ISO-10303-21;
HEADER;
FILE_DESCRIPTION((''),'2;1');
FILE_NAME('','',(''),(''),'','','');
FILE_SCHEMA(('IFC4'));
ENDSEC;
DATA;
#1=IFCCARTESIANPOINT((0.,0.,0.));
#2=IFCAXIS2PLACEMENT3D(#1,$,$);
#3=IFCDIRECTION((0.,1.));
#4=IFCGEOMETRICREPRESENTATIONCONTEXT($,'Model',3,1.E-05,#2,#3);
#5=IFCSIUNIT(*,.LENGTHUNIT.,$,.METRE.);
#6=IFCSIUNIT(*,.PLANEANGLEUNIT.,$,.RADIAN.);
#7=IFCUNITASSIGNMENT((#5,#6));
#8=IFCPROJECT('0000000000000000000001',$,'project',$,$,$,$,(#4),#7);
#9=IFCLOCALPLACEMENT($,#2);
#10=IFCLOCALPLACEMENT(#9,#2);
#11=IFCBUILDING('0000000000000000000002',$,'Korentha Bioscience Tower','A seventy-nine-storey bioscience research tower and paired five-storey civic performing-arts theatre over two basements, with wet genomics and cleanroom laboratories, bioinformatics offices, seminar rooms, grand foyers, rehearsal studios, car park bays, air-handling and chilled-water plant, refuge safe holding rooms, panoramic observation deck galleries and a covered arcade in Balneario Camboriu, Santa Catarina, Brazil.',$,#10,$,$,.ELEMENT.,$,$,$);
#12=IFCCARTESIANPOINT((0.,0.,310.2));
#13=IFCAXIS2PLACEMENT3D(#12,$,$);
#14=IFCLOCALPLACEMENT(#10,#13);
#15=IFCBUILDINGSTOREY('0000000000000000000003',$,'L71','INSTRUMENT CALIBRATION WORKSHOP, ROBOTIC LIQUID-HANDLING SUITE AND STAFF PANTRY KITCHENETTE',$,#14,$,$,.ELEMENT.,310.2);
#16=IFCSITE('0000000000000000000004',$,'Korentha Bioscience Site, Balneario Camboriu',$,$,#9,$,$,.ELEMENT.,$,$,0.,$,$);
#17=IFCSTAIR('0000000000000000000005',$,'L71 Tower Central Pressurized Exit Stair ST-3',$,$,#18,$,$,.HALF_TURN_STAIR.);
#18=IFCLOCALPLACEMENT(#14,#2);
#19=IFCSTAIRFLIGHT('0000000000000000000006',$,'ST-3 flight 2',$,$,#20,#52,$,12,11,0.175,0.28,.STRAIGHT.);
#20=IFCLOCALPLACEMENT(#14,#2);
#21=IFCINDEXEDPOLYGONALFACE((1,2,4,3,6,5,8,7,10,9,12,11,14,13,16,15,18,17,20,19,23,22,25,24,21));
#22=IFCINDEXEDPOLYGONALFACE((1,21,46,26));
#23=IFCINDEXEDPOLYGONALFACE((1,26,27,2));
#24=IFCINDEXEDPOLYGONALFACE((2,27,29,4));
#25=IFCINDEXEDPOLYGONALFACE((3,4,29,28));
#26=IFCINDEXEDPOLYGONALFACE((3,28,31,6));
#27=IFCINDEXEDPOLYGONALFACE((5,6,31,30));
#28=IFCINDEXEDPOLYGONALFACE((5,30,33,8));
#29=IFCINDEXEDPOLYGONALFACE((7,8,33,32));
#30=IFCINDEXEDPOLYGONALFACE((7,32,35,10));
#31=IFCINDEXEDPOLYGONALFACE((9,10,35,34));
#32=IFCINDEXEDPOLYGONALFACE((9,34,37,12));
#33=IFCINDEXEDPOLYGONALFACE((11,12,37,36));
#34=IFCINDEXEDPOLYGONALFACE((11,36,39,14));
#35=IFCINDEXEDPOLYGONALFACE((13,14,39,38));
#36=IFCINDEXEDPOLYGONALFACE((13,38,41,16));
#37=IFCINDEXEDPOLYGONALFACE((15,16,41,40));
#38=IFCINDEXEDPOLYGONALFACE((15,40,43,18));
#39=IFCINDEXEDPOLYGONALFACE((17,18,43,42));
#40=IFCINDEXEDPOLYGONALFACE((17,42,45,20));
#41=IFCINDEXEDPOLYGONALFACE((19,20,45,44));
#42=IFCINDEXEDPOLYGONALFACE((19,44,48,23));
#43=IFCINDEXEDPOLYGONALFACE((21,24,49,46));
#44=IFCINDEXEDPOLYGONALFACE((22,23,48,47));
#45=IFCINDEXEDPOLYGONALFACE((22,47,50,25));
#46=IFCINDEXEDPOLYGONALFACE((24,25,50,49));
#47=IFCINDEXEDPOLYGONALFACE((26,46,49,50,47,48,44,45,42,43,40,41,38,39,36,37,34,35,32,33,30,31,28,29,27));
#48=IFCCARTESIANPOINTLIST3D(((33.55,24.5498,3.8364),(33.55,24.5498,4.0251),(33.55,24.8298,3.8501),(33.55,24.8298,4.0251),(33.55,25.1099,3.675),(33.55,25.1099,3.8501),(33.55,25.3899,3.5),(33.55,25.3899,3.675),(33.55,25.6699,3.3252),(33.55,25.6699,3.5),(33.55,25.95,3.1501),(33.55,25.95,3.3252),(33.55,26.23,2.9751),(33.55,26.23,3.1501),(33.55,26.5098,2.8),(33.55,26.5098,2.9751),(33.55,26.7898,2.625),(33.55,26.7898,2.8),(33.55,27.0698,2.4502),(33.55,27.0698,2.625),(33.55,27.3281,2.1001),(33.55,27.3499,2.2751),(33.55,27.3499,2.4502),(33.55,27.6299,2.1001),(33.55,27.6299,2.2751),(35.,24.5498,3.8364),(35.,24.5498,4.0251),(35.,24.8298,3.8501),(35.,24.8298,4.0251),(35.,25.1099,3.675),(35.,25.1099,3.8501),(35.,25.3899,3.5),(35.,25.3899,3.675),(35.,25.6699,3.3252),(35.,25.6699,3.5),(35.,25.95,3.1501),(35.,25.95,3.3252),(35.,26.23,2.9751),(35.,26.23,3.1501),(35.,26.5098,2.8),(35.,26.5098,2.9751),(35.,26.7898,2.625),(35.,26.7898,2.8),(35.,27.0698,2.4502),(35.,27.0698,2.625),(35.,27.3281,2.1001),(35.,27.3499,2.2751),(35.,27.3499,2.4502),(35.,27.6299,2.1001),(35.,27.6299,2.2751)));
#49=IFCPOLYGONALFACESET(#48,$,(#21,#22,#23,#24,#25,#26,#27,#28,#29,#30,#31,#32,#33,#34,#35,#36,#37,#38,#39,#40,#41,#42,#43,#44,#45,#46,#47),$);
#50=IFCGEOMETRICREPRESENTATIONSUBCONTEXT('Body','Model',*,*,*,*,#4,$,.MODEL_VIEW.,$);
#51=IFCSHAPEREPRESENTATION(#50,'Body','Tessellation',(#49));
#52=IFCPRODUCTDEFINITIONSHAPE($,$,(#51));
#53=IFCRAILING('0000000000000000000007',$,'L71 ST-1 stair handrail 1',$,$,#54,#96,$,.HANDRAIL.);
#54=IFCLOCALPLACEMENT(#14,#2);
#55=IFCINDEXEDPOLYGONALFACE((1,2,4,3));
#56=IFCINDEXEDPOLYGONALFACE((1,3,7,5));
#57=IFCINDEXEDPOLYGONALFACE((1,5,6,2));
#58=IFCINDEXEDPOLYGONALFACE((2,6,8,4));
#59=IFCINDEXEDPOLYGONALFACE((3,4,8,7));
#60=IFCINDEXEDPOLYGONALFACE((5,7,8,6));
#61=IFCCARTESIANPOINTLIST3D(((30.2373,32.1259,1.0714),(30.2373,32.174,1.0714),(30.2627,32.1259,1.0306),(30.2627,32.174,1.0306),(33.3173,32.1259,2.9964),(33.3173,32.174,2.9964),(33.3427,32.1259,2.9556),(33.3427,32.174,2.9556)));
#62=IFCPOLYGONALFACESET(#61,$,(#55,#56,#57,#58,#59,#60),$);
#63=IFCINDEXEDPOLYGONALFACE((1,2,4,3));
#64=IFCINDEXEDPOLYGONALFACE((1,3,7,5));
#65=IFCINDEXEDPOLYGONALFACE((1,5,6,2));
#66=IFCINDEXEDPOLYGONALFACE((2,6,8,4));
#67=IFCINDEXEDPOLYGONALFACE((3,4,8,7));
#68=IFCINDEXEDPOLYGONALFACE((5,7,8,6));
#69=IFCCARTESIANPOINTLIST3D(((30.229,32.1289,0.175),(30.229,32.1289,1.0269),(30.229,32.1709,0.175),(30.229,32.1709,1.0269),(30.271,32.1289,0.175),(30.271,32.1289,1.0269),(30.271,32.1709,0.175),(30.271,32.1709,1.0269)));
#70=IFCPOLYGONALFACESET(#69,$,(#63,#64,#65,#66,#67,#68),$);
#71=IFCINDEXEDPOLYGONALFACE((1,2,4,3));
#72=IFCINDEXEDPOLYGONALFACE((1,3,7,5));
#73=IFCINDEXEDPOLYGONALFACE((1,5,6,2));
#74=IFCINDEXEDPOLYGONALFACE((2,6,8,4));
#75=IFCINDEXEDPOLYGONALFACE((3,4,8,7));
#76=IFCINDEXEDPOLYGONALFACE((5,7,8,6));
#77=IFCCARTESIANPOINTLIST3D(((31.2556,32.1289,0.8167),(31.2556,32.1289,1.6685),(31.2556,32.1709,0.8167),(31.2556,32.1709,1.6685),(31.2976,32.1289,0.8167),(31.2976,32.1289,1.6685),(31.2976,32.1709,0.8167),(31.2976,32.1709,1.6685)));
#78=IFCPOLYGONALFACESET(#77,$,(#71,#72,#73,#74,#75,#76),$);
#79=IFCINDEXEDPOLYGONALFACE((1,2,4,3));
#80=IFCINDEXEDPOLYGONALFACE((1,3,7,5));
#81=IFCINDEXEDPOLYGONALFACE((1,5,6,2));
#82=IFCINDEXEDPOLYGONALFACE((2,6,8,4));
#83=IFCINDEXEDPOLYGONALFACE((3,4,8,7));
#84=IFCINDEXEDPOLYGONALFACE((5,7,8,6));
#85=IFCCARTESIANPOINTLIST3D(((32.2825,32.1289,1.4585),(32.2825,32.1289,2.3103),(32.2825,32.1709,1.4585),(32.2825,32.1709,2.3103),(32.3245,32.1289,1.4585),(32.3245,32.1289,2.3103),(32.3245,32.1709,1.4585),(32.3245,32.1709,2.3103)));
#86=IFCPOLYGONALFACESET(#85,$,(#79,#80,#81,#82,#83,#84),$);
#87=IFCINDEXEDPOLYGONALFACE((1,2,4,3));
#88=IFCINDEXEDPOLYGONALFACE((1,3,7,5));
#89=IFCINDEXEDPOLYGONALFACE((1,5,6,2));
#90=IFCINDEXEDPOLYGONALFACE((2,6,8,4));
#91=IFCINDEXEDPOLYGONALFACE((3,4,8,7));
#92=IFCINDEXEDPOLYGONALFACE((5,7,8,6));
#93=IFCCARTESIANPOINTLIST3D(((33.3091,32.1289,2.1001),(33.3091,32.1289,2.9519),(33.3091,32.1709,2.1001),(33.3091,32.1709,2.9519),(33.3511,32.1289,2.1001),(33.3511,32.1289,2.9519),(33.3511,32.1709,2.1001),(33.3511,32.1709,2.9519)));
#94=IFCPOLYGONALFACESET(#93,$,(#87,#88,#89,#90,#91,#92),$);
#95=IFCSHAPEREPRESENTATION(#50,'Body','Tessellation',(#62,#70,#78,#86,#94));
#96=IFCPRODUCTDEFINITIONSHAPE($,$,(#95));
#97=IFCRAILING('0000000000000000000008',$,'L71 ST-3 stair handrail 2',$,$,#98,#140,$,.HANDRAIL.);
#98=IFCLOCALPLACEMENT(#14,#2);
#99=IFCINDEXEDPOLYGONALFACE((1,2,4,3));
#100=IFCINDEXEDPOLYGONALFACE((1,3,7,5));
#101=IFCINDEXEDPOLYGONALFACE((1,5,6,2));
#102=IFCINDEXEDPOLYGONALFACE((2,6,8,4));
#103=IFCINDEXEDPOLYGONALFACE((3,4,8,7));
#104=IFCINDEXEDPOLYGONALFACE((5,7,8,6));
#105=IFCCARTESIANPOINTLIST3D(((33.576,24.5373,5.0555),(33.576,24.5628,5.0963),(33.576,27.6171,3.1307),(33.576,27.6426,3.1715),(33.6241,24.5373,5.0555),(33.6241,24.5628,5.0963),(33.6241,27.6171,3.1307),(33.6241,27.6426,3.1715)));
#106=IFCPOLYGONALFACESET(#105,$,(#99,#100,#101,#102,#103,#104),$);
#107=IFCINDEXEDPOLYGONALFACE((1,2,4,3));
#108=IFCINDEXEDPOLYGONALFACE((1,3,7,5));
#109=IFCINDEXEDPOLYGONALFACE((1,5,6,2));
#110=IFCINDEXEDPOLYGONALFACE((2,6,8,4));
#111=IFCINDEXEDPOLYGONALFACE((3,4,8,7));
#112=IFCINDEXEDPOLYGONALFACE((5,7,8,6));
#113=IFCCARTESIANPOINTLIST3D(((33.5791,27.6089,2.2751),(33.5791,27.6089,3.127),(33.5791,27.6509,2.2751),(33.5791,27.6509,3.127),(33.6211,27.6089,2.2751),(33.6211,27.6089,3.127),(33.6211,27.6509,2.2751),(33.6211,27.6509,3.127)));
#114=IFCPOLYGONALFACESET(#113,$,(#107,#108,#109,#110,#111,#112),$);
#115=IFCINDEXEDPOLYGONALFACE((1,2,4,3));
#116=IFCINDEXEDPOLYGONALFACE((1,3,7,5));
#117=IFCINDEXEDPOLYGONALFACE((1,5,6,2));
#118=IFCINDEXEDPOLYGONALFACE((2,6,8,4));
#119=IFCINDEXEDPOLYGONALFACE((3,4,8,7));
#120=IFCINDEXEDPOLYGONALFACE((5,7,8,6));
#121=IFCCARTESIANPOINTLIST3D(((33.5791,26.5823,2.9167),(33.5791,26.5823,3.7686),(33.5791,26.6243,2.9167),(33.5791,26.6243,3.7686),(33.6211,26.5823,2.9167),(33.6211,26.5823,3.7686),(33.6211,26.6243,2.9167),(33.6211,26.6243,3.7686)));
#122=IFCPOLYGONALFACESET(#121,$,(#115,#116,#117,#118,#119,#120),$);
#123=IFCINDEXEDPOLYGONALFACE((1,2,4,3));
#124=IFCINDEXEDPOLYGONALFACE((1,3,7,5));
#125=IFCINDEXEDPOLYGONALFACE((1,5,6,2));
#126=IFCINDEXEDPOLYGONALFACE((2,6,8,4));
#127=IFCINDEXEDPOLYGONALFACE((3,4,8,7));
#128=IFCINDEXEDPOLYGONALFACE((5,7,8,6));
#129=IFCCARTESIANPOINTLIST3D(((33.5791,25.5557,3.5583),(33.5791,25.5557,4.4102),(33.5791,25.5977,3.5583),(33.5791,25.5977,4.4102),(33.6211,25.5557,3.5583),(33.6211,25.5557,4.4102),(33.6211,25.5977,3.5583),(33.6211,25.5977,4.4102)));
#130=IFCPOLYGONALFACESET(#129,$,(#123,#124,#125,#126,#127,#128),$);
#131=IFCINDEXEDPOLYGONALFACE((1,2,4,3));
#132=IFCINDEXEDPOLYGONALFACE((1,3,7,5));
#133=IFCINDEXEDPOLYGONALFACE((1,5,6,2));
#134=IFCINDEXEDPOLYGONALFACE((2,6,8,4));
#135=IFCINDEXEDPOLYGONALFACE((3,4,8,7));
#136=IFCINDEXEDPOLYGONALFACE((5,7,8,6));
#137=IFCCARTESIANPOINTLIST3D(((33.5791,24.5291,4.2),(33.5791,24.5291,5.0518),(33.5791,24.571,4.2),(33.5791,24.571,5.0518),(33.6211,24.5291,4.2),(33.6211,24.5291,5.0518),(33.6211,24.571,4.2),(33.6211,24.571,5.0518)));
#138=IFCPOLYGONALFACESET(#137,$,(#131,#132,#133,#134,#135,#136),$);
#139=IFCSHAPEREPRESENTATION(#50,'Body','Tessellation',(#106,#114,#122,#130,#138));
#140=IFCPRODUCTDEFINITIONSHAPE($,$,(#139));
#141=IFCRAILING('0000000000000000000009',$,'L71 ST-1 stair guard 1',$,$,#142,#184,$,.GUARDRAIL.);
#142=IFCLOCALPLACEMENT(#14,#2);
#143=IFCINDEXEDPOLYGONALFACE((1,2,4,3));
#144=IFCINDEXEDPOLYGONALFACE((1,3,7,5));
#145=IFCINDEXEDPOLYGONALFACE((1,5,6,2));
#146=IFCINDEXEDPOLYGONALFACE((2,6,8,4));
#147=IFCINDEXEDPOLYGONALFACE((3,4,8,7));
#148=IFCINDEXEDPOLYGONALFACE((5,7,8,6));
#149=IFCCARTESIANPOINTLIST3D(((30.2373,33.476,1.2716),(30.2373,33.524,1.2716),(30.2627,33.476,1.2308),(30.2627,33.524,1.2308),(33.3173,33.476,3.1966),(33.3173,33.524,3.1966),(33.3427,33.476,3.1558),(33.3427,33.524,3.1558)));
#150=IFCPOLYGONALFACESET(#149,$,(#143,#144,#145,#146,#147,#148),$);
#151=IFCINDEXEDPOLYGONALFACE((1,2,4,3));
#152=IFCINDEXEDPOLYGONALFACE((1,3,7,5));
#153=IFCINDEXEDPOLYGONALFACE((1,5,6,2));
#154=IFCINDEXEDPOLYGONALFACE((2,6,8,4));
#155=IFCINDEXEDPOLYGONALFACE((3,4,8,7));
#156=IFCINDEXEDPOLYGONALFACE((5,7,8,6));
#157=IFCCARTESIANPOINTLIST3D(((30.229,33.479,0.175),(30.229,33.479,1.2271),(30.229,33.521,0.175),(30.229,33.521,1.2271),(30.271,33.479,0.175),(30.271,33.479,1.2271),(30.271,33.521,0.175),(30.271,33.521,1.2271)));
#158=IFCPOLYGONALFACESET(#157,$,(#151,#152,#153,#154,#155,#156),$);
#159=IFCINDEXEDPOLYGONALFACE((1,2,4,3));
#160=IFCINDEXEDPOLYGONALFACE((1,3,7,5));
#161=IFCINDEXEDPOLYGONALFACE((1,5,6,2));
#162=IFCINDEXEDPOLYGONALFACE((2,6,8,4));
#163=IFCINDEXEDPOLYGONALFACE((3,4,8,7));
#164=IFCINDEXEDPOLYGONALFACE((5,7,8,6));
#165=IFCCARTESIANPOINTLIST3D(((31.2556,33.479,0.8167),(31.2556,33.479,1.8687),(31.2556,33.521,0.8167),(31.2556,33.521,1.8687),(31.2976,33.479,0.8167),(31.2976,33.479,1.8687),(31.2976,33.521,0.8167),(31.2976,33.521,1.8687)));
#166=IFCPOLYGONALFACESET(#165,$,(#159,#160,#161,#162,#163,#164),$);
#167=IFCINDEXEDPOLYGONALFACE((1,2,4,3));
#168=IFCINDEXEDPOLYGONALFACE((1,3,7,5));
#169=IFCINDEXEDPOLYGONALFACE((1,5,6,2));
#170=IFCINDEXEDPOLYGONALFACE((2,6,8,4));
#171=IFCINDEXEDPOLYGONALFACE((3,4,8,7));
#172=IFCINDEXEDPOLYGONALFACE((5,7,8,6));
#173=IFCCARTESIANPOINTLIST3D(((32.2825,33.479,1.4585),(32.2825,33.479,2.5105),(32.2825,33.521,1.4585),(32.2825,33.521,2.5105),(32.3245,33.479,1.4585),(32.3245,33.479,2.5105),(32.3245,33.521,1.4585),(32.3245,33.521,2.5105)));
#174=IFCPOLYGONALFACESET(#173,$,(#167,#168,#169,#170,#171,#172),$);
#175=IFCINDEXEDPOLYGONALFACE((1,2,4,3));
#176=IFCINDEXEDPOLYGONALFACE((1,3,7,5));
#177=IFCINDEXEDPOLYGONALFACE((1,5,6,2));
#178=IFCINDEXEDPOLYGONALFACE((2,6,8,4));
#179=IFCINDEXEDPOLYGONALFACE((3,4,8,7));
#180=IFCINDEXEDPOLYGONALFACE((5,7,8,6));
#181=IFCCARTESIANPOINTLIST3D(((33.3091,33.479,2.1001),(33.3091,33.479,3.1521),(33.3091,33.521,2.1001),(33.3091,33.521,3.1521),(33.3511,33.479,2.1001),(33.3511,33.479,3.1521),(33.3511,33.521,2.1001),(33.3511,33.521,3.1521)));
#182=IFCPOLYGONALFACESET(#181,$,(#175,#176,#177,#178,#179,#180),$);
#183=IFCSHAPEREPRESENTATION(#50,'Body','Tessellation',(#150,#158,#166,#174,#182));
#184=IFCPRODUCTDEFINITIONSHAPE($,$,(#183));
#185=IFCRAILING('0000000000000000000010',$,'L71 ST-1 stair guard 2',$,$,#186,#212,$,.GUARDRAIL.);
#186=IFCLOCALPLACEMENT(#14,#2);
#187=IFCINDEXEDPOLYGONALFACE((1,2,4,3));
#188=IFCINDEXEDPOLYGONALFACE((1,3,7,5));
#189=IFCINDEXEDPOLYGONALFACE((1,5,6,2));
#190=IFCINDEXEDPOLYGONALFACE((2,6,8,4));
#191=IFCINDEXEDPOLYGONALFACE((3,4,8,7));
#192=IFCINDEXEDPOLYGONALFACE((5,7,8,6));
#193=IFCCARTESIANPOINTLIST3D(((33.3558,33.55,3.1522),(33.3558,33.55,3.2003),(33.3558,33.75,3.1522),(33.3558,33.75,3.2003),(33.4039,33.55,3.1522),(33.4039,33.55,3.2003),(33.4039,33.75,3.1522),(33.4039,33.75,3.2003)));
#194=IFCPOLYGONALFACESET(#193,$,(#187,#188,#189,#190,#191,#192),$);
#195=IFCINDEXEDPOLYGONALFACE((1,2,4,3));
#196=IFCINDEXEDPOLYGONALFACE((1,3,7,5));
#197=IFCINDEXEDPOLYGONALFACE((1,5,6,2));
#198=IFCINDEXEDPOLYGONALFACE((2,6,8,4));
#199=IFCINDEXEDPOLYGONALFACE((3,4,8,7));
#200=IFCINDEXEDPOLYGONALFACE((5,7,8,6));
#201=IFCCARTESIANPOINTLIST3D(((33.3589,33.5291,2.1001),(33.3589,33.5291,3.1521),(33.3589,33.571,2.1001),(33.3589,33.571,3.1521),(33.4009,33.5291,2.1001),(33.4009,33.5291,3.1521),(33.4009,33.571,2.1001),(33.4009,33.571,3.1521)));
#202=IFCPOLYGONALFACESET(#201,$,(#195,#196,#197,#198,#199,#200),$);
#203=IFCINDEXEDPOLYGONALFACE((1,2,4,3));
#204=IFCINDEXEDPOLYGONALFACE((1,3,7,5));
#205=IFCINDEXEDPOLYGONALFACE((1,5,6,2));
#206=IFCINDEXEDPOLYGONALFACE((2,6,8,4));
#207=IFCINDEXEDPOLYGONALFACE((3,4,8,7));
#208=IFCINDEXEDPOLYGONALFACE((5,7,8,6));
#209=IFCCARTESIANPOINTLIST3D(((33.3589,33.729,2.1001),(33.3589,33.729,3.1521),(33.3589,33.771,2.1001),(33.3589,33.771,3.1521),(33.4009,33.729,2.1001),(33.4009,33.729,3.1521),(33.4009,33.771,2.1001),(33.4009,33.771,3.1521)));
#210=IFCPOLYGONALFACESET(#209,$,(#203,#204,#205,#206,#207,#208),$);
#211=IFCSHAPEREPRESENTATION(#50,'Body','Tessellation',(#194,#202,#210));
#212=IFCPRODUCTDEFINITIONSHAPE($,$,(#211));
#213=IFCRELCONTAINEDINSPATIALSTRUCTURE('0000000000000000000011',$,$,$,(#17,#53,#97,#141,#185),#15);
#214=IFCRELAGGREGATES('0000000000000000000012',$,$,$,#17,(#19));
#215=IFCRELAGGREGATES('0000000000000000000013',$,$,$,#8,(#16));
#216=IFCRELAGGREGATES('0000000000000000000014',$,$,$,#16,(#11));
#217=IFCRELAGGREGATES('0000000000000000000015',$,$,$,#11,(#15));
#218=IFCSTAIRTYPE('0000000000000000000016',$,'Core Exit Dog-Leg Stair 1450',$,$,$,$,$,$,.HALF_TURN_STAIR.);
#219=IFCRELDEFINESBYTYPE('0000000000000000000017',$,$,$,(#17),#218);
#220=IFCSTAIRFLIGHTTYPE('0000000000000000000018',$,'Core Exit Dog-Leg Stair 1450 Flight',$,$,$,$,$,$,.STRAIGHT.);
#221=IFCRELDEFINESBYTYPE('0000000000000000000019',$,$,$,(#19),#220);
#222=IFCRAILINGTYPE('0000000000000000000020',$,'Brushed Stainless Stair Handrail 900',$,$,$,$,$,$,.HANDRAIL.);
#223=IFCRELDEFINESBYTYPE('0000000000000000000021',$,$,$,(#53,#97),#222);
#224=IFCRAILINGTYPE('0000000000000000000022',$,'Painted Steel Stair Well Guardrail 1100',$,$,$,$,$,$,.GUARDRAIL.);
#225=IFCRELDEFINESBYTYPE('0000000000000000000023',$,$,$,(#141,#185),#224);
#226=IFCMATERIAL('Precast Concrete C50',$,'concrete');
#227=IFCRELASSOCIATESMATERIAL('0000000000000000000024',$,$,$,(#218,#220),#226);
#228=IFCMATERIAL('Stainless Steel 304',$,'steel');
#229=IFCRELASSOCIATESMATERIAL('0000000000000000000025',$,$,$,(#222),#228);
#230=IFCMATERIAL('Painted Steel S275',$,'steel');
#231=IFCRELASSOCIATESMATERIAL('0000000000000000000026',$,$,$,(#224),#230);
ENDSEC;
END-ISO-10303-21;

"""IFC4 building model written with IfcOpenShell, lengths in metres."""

from ifc_helpers import new_model, si_unit, direction, frame, origin, origin_2d, place, context, subcontext, project, spatial, polyline, rectangle, outline, extrude, material, type_object, element, aggregate, save


model = new_model("IFC4")

# Units and contexts
model_context = context("Model", 3, precision=1e-05, world=origin(), true_north=direction((0.0, 1.0)))
body_context = subcontext(model_context, "Body", "Model", "MODEL_VIEW")
ifc_project = project(units=[si_unit("LENGTHUNIT", "METRE"), si_unit("PLANEANGLEUNIT", "RADIAN")], contexts=[model_context])

# Site, building, storey
site_placement = place(None, origin())
site = spatial("IfcSite", under=ifc_project, at=site_placement, Name="Korentha Bioscience Site, Balneario Camboriu", CompositionType="ELEMENT", RefElevation=0.0)
building_placement = place(site_placement, origin())
building = spatial("IfcBuilding", under=site, at=building_placement, Name="Korentha Bioscience Tower", Description="A seventy-nine-storey bioscience research tower and paired five-storey civic performing-arts theatre over two basements, with wet genomics and cleanroom laboratories, bioinformatics offices, seminar rooms, grand foyers, rehearsal studios, car park bays, air-handling and chilled-water plant, refuge safe holding rooms, panoramic observation deck galleries and a covered arcade in Balneario Camboriu, Santa Catarina, Brazil.", CompositionType="ELEMENT")
storey_placement = place(building_placement, frame((0.0, 0.0, 310.2)))
storey = spatial("IfcBuildingStorey", under=building, at=storey_placement, Name="L71", Description="INSTRUMENT CALIBRATION WORKSHOP, ROBOTIC LIQUID-HANDLING SUITE AND STAFF PANTRY KITCHENETTE", CompositionType="ELEMENT", Elevation=310.2)

# Stair, stair flight
ifc_material_1 = material(Name="Precast Concrete C50", Category="concrete")
stair_type = type_object("IfcStairType", Name="Core Exit Dog-Leg Stair 1450", PredefinedType="HALF_TURN_STAIR", material=ifc_material_1)
stair_flight_type = type_object("IfcStairFlightType", Name="Core Exit Dog-Leg Stair 1450 Flight", PredefinedType="STRAIGHT", material=ifc_material_1)
stair_1_placement = place(storey_placement, origin())
stair_1 = element("IfcStair", 1, at=stair_1_placement, inside=storey, type_object=stair_type, Name="L71 Tower Central Pressurized Exit Stair ST-3", PredefinedType="HALF_TURN_STAIR")
stair_flight_1_placement = place(storey_placement, frame((34.2749, 27.6299, 2.1001), z_axis=(0.0, 0.0, 1.0), x_axis=(0.0, -1.0, 0.0)))
stair_flight_1 = element("IfcStairFlight", 2, at=stair_flight_1_placement, type_object=stair_flight_type, Name="ST-3 flight 2", NumberOfRisers=12, NumberOfTreads=11, PredefinedType="STRAIGHT", RiserHeight=0.175, TreadLength=0.28, context=body_context, shape_type="SweptSolid", body=[
    extrude(outline(polyline([(0.0, 0.0), (0.0, 0.175), (0.28, 0.175), (0.28, 0.3501), (0.5601, 0.3501), (0.5601, 0.5249), (0.8401, 0.5249), (0.8401, 0.7), (1.1201, 0.7), (1.1201, 0.875), (1.3999, 0.875), (1.3999, 1.05), (1.6799, 1.05), (1.6799, 1.2251), (1.96, 1.2251), (1.96, 1.3999), (2.24, 1.3999), (2.24, 1.575), (2.52, 1.575), (2.52, 1.75), (2.8, 1.75), (2.8, 1.925), (3.0801, 1.925), (3.0801, 2.1001), (3.0801, 1.7363), (0.3018, 0.0), (0.0, 0.0)])), frame((0.0, 0.7251, 0.0), z_axis=(0.0, -1.0, 0.0), x_axis=(1.0, 0.0, 0.0)), (0.0, 0.0, 1.0), 1.45),
])
aggregate(stair_1, [stair_flight_1])

# Railings
ifc_material_2 = material(Name="Stainless Steel 304", Category="steel")
railing_type_1 = type_object("IfcRailingType", Name="Brushed Stainless Stair Handrail 900", PredefinedType="HANDRAIL", material=ifc_material_2)
railing_1_placement = place(storey_placement, frame((30.25, 32.1499, 0.175)))
element("IfcRailing", 3, at=railing_1_placement, inside=storey, type_object=railing_type_1, Name="L71 ST-1 stair handrail 1", PredefinedType="HANDRAIL", context=body_context, shape_type="SweptSolid", body=[
    extrude(rectangle(XDim=0.0481, YDim=0.0481, at=origin_2d()), frame((0.0, 0.0, 0.876), z_axis=(0.847998, 0.0, 0.529999), x_axis=(0.0, 1.0, 0.0)), (0.0, 0.0, 1.0), 3.6321),
    extrude(rectangle(XDim=0.042, YDim=0.042, at=origin_2d()), origin(), (0.0, 0.0, 1.0), 0.8518),
    extrude(rectangle(XDim=0.042, YDim=0.042, at=origin_2d()), frame((1.0266, 0.0, 0.6416)), (0.0, 0.0, 1.0), 0.8518),
    extrude(rectangle(XDim=0.042, YDim=0.042, at=origin_2d()), frame((2.0535, 0.0, 1.2834)), (0.0, 0.0, 1.0), 0.8518),
    extrude(rectangle(XDim=0.042, YDim=0.042, at=origin_2d()), frame((3.0801, 0.0, 1.925)), (0.0, 0.0, 1.0), 0.8518),
])
railing_2_placement = place(storey_placement, frame((33.6001, 27.6299, 2.2751)))
element("IfcRailing", 4, at=railing_2_placement, inside=storey, type_object=railing_type_1, Name="L71 ST-3 stair handrail 2", PredefinedType="HANDRAIL", context=body_context, shape_type="SweptSolid", body=[
    extrude(rectangle(XDim=0.0481, YDim=0.0481, at=origin_2d()), frame((0.0, 0.0, 0.876), z_axis=(0.0, -0.84801, 0.529981), x_axis=(1.0, 0.0, 0.0)), (0.0, 0.0, 1.0), 3.6318),
    extrude(rectangle(XDim=0.042, YDim=0.042, at=origin_2d()), origin(), (0.0, 0.0, 1.0), 0.8518),
    extrude(rectangle(XDim=0.042, YDim=0.042, at=origin_2d()), frame((0.0, -1.0266, 0.6416)), (0.0, 0.0, 1.0), 0.8518),
    extrude(rectangle(XDim=0.042, YDim=0.042, at=origin_2d()), frame((0.0, -2.0532, 1.2832)), (0.0, 0.0, 1.0), 0.8518),
    extrude(rectangle(XDim=0.042, YDim=0.042, at=origin_2d()), frame((0.0, -3.0798, 1.9248)), (0.0, 0.0, 1.0), 0.8518),
])
ifc_material_3 = material(Name="Painted Steel S275", Category="steel")
railing_type_2 = type_object("IfcRailingType", Name="Painted Steel Stair Well Guardrail 1100", PredefinedType="GUARDRAIL", material=ifc_material_3)
railing_3_placement = place(storey_placement, frame((30.25, 33.5, 0.175)))
element("IfcRailing", 5, at=railing_3_placement, inside=storey, type_object=railing_type_2, Name="L71 ST-1 stair guard 1", PredefinedType="GUARDRAIL", context=body_context, shape_type="SweptSolid", body=[
    extrude(rectangle(XDim=0.0481, YDim=0.0481, at=origin_2d()), frame((0.0, 0.0, 1.0762), z_axis=(0.847998, 0.0, 0.529999), x_axis=(0.0, 1.0, 0.0)), (0.0, 0.0, 1.0), 3.6321),
    extrude(rectangle(XDim=0.042, YDim=0.042, at=origin_2d()), origin(), (0.0, 0.0, 1.0), 1.052),
    extrude(rectangle(XDim=0.042, YDim=0.042, at=origin_2d()), frame((1.0266, 0.0, 0.6416)), (0.0, 0.0, 1.0), 1.052),
    extrude(rectangle(XDim=0.042, YDim=0.042, at=origin_2d()), frame((2.0535, 0.0, 1.2834)), (0.0, 0.0, 1.0), 1.052),
    extrude(rectangle(XDim=0.042, YDim=0.042, at=origin_2d()), frame((3.0801, 0.0, 1.925)), (0.0, 0.0, 1.0), 1.052),
])
for number, where, name in (
    (6, (33.3799, 33.55, 2.1001), "L71 ST-1 stair guard 2"),
):
    element("IfcRailing", number, at=place(storey_placement, frame(where)), inside=storey, type_object=railing_type_2, Name=name, PredefinedType="GUARDRAIL", context=body_context, shape_type="SweptSolid", body=[
        extrude(rectangle(XDim=0.0481, YDim=0.0481, at=origin_2d()), frame((0.0, 0.0, 1.0762), z_axis=(0.0, 1.0, 0.0), x_axis=(-1.0, 0.0, 0.0)), (0.0, 0.0, 1.0), 0.2),
        extrude(rectangle(XDim=0.042, YDim=0.042, at=origin_2d()), origin(), (0.0, 0.0, 1.0), 1.052),
        extrude(rectangle(XDim=0.042, YDim=0.042, at=origin_2d()), frame((0.0, 0.2, 0.0)), (0.0, 0.0, 1.0), 1.052),
    ])

save(model, "model.ifc")
